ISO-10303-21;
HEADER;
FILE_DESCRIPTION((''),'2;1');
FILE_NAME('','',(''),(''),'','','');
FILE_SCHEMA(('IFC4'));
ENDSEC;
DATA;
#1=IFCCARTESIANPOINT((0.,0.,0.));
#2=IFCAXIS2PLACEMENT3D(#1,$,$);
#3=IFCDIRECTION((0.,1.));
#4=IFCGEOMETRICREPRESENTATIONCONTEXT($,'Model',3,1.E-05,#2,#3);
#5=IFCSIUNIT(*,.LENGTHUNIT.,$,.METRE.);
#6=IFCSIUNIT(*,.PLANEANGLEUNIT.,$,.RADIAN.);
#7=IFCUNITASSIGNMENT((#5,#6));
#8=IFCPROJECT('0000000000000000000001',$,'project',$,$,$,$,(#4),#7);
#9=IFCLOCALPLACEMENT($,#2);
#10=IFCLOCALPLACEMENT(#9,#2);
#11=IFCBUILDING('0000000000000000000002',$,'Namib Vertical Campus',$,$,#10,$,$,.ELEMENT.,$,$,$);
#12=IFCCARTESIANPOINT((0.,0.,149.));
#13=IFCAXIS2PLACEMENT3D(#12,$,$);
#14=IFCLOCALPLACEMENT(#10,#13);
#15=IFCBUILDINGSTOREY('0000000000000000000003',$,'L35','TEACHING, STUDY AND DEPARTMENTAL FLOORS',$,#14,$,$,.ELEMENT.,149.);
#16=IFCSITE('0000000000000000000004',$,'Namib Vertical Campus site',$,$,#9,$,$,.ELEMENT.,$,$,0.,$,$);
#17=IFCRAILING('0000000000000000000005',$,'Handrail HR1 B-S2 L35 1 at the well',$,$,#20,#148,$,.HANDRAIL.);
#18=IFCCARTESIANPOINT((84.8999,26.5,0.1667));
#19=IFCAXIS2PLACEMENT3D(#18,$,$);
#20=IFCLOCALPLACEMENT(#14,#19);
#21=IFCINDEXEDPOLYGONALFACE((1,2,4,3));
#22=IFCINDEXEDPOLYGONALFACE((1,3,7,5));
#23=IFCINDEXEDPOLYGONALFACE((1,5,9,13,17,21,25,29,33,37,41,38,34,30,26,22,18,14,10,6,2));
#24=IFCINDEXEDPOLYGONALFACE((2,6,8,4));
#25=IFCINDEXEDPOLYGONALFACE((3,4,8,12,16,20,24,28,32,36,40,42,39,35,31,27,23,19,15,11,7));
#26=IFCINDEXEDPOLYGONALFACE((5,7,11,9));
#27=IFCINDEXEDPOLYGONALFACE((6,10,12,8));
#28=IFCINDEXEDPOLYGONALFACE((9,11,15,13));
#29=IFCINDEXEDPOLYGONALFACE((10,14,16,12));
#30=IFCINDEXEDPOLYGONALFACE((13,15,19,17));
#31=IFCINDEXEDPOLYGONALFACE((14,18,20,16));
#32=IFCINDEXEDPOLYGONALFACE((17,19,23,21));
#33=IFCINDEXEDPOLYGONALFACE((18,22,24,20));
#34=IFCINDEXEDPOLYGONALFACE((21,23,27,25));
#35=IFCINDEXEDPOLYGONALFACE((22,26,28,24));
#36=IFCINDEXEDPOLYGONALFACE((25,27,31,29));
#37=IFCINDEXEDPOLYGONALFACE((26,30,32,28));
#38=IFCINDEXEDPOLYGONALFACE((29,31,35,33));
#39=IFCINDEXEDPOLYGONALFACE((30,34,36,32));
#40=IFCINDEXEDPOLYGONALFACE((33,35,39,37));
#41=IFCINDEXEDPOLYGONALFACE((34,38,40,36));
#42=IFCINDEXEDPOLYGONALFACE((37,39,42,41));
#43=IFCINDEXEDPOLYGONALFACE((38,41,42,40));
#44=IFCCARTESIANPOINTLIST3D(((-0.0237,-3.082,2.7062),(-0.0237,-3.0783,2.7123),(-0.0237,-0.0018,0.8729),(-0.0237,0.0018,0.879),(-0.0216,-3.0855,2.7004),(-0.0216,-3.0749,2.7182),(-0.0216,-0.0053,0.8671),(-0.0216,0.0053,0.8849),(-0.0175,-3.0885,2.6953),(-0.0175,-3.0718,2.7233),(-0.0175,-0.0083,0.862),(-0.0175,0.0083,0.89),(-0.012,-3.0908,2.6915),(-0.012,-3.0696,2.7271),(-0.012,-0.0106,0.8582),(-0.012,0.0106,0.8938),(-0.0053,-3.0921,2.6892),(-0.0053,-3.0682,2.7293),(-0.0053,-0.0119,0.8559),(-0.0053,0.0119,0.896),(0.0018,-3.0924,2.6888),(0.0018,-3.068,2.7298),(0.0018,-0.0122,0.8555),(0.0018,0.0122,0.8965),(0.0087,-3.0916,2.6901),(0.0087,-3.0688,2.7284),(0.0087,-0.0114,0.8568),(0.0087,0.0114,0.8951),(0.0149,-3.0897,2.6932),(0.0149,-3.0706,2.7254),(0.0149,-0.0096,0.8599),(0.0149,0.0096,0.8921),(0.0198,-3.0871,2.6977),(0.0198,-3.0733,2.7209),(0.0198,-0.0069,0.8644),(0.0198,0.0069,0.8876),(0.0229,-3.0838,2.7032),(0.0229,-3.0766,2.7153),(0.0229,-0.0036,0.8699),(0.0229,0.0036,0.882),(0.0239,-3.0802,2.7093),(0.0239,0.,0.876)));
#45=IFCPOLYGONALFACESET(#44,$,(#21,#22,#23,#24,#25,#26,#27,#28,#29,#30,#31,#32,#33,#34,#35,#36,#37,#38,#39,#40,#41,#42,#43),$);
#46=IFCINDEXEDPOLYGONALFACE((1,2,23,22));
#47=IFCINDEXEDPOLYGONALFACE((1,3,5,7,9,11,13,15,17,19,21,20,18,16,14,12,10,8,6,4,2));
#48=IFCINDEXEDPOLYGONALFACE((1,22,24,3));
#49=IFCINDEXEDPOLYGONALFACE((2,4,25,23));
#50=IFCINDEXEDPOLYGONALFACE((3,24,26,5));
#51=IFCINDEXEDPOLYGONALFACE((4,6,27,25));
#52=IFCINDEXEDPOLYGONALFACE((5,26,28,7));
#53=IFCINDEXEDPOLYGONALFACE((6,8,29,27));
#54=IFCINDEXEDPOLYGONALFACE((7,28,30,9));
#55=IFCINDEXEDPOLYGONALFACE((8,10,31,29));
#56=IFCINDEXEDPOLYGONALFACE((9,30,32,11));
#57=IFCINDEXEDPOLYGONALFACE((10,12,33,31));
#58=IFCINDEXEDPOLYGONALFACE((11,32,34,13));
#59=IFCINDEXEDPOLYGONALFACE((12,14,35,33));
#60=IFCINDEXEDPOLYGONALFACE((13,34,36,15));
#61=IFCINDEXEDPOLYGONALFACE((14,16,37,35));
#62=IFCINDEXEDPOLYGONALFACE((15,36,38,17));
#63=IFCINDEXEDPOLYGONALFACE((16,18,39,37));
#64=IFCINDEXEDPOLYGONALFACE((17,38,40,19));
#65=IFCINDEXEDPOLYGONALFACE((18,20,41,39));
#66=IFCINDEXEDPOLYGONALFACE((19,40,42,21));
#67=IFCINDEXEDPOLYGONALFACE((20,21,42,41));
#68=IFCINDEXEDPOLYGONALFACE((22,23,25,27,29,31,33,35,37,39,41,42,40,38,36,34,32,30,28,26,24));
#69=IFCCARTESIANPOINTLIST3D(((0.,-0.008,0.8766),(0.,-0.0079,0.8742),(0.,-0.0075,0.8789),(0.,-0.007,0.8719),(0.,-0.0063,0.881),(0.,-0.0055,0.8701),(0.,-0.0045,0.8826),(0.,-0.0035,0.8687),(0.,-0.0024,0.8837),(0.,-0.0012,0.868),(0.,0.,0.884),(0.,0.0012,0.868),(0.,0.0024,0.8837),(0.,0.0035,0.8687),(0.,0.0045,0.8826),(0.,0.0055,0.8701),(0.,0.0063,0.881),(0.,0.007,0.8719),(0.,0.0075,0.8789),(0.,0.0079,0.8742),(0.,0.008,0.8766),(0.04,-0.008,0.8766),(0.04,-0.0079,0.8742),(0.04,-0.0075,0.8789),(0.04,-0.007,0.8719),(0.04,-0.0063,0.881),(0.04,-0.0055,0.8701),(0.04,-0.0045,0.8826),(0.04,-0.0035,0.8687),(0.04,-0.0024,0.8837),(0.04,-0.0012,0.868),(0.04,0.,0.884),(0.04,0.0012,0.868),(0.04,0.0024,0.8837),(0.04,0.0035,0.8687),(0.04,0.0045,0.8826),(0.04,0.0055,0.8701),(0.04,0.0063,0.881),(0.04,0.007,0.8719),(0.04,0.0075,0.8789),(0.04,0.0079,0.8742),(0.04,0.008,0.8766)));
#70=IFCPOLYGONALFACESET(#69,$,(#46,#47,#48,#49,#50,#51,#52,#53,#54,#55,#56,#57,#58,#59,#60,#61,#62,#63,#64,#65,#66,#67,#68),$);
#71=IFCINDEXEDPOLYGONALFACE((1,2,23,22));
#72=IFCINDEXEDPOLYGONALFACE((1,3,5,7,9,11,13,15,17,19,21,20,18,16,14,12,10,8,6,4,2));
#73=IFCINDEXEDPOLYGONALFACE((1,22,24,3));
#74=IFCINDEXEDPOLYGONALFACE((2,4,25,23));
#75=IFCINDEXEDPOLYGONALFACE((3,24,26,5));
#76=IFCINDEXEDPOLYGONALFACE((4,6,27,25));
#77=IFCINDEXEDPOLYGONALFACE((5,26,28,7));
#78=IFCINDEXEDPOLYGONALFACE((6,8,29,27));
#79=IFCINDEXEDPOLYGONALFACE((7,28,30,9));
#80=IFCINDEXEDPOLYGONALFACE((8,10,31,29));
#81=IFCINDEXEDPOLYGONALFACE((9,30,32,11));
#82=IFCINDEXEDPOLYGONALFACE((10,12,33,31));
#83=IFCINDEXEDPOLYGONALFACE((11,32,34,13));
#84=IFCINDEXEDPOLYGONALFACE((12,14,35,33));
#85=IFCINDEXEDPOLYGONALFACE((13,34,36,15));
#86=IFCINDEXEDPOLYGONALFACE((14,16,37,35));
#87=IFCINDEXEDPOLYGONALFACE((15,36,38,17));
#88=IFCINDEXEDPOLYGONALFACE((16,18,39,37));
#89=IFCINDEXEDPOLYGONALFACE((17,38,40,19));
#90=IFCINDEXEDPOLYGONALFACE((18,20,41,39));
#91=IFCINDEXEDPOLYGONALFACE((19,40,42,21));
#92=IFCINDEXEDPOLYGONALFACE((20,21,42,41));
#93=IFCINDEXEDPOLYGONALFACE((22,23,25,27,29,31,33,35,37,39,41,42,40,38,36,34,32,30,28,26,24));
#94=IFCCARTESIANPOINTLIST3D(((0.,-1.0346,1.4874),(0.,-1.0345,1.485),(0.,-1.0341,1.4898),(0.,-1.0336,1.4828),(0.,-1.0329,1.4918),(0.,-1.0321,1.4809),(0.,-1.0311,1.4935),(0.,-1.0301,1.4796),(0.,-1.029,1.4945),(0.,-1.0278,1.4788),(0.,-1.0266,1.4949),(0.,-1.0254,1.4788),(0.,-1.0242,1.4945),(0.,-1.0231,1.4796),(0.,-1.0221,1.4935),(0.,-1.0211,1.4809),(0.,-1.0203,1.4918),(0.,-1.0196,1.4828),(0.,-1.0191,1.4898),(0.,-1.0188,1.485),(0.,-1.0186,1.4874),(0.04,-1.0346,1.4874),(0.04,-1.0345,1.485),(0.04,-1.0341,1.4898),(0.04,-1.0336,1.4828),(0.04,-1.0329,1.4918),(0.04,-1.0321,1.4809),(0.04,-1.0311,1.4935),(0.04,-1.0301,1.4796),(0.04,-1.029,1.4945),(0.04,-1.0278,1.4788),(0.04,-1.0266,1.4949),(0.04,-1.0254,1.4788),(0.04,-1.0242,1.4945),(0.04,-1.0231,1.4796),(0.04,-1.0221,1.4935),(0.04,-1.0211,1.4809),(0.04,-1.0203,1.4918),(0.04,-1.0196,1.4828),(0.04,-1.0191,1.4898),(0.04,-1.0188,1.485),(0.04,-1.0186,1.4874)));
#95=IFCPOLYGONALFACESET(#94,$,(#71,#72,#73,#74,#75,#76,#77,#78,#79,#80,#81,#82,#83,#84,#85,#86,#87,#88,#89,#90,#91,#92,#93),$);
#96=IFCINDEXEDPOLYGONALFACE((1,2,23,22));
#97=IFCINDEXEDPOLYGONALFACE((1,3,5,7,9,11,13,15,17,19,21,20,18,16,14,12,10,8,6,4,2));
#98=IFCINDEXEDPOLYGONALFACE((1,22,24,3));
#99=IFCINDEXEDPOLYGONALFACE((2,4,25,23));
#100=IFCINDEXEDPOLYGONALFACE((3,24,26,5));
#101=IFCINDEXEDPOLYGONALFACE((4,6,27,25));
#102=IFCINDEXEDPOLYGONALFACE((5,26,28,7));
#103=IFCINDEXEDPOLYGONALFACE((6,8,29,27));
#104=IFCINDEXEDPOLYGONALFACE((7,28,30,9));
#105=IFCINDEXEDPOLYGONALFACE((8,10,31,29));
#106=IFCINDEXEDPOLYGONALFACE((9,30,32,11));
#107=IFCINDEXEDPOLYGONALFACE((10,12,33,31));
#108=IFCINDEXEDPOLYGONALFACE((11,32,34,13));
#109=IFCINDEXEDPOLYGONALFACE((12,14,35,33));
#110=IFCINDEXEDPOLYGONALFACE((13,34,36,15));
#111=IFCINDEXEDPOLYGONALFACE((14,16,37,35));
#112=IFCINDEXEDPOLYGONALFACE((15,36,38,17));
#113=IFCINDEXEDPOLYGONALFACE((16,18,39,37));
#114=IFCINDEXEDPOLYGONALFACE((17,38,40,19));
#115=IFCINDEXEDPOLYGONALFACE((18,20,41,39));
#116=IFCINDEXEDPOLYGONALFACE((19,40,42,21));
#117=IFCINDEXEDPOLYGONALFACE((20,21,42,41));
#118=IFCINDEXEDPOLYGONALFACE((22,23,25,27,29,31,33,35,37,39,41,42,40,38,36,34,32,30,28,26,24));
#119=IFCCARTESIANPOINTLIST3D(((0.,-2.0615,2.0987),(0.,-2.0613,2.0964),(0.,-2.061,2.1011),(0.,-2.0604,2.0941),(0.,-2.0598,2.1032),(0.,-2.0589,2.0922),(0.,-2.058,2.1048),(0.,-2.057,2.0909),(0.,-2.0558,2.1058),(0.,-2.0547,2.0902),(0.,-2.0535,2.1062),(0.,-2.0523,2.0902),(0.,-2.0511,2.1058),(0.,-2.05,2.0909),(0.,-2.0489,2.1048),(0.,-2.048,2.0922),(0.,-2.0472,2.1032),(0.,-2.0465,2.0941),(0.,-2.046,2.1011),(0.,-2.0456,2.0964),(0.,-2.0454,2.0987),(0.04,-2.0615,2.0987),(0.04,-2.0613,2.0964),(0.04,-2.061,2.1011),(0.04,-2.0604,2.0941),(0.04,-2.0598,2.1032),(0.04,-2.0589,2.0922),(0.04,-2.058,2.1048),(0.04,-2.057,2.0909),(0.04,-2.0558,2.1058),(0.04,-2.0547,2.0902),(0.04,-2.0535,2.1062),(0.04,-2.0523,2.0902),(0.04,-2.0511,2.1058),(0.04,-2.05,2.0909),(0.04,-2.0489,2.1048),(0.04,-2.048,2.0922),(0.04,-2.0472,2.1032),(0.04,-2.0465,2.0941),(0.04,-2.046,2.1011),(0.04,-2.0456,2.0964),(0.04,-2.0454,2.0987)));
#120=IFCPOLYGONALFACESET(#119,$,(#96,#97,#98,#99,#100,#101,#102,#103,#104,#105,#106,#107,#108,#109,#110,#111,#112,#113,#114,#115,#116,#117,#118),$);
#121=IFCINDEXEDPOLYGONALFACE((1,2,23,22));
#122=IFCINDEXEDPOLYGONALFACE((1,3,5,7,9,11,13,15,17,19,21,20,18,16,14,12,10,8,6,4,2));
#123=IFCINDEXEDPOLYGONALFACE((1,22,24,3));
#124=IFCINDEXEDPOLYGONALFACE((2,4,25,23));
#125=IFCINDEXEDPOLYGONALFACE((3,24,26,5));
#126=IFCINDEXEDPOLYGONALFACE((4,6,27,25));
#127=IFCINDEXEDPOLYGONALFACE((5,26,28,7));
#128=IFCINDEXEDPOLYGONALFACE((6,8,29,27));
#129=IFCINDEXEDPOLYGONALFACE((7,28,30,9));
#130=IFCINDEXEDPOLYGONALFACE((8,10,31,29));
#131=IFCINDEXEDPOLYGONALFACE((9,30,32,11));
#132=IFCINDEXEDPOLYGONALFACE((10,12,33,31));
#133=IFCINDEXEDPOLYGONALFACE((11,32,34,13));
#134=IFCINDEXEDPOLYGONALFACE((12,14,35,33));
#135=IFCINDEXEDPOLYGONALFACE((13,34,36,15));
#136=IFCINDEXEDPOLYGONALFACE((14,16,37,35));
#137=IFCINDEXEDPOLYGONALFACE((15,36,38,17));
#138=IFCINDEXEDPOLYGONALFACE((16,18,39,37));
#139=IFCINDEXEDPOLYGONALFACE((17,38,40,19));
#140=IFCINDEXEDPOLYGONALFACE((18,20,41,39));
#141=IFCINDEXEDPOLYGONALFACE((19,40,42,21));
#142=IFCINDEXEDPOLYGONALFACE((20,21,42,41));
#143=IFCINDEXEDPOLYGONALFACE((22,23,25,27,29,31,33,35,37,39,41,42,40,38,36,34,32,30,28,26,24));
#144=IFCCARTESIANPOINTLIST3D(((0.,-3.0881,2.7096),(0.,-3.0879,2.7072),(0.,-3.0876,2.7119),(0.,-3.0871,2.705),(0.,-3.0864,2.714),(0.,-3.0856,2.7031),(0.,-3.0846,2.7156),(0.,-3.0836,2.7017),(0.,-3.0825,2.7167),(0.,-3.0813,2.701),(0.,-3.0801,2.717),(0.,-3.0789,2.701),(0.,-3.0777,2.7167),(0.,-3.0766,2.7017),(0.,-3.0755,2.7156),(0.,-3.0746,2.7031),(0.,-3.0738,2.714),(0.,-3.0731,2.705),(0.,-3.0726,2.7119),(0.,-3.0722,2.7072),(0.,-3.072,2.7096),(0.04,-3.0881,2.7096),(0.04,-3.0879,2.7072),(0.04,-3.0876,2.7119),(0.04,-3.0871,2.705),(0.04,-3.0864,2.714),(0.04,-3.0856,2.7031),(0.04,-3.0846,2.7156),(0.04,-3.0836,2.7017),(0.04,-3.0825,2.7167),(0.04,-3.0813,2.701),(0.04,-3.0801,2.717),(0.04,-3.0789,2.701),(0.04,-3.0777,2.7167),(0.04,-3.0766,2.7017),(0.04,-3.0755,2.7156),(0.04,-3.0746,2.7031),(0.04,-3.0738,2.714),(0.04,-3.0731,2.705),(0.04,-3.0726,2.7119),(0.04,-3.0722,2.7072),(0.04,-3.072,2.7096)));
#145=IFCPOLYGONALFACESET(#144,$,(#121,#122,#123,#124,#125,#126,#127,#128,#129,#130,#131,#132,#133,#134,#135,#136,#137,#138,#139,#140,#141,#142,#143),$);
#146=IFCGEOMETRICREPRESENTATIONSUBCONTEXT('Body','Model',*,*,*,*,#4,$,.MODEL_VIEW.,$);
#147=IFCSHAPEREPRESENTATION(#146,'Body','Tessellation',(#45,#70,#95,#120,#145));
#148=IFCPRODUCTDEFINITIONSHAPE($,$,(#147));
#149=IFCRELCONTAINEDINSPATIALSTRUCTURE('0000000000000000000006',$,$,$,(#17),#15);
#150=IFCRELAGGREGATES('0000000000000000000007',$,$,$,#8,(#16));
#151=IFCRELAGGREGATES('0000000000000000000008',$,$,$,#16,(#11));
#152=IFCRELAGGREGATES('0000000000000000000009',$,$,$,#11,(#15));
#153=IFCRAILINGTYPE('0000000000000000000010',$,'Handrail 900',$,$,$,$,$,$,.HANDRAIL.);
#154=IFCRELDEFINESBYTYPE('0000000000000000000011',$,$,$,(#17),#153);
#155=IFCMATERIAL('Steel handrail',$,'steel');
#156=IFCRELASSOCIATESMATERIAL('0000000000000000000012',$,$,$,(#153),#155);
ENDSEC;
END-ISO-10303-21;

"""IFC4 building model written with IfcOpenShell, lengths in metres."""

from ifc_helpers import new_model, si_unit, direction, frame, origin, origin_2d, place, context, subcontext, project, spatial, circle, extrude, material, type_object, element, save


model = new_model("IFC4")

# Units and contexts
model_context = context("Model", 3, precision=1e-05, world=origin(), true_north=direction((0.0, 1.0)))
body_context = subcontext(model_context, "Body", "Model", "MODEL_VIEW")
ifc_project = project(units=[si_unit("LENGTHUNIT", "METRE"), si_unit("PLANEANGLEUNIT", "RADIAN")], contexts=[model_context])

# Site, building, storey
site_placement = place(None, origin())
site = spatial("IfcSite", under=ifc_project, at=site_placement, Name="Namib Vertical Campus site", CompositionType="ELEMENT", RefElevation=0.0)
building_placement = place(site_placement, origin())
building = spatial("IfcBuilding", under=site, at=building_placement, Name="Namib Vertical Campus", CompositionType="ELEMENT")
storey_placement = place(building_placement, frame((0.0, 0.0, 149.0)))
storey = spatial("IfcBuildingStorey", under=building, at=storey_placement, Name="L35", Description="TEACHING, STUDY AND DEPARTMENTAL FLOORS", CompositionType="ELEMENT", Elevation=149.0)

# Railing
ifc_material_1 = material(Name="Steel handrail", Category="steel")
railing_type_1 = type_object("IfcRailingType", Name="Handrail 900", PredefinedType="HANDRAIL", material=ifc_material_1)
railing_1_placement = place(storey_placement, frame((84.8999, 26.5, 0.1667)))
element("IfcRailing", 1, at=railing_1_placement, inside=storey, type_object=railing_type_1, Name="Handrail HR1 B-S2 L35 1 at the well", PredefinedType="HANDRAIL", context=body_context, shape_type="SweptSolid", body=[
    extrude(circle(Radius=0.0239, at=origin_2d()), frame((0.0, 0.0, 0.876), z_axis=(0.0, -0.859309, 0.511458), x_axis=(1.0, 0.0, 0.0)), (0.0, 0.0, 1.0), 3.5845),
    extrude(circle(Radius=0.0081, at=origin_2d()), frame((0.0, 0.0, 0.876), z_axis=(1.0, 0.0, 0.0), x_axis=(0.0, 0.0, 1.0)), (0.0, 0.0, 1.0), 0.04),
    extrude(circle(Radius=0.0081, at=origin_2d()), frame((0.0, -1.0266, 1.4868), z_axis=(1.0, 0.0, 0.0), x_axis=(0.0, 0.0, 1.0)), (0.0, 0.0, 1.0), 0.04),
    extrude(circle(Radius=0.0081, at=origin_2d()), frame((0.0, -2.0535, 2.0981), z_axis=(1.0, 0.0, 0.0), x_axis=(0.0, 0.0, 1.0)), (0.0, 0.0, 1.0), 0.04),
    extrude(circle(Radius=0.0081, at=origin_2d()), frame((0.0, -3.0801, 2.709), z_axis=(1.0, 0.0, 0.0), x_axis=(0.0, 0.0, 1.0)), (0.0, 0.0, 1.0), 0.04),
])

save(model, "model.ifc")
